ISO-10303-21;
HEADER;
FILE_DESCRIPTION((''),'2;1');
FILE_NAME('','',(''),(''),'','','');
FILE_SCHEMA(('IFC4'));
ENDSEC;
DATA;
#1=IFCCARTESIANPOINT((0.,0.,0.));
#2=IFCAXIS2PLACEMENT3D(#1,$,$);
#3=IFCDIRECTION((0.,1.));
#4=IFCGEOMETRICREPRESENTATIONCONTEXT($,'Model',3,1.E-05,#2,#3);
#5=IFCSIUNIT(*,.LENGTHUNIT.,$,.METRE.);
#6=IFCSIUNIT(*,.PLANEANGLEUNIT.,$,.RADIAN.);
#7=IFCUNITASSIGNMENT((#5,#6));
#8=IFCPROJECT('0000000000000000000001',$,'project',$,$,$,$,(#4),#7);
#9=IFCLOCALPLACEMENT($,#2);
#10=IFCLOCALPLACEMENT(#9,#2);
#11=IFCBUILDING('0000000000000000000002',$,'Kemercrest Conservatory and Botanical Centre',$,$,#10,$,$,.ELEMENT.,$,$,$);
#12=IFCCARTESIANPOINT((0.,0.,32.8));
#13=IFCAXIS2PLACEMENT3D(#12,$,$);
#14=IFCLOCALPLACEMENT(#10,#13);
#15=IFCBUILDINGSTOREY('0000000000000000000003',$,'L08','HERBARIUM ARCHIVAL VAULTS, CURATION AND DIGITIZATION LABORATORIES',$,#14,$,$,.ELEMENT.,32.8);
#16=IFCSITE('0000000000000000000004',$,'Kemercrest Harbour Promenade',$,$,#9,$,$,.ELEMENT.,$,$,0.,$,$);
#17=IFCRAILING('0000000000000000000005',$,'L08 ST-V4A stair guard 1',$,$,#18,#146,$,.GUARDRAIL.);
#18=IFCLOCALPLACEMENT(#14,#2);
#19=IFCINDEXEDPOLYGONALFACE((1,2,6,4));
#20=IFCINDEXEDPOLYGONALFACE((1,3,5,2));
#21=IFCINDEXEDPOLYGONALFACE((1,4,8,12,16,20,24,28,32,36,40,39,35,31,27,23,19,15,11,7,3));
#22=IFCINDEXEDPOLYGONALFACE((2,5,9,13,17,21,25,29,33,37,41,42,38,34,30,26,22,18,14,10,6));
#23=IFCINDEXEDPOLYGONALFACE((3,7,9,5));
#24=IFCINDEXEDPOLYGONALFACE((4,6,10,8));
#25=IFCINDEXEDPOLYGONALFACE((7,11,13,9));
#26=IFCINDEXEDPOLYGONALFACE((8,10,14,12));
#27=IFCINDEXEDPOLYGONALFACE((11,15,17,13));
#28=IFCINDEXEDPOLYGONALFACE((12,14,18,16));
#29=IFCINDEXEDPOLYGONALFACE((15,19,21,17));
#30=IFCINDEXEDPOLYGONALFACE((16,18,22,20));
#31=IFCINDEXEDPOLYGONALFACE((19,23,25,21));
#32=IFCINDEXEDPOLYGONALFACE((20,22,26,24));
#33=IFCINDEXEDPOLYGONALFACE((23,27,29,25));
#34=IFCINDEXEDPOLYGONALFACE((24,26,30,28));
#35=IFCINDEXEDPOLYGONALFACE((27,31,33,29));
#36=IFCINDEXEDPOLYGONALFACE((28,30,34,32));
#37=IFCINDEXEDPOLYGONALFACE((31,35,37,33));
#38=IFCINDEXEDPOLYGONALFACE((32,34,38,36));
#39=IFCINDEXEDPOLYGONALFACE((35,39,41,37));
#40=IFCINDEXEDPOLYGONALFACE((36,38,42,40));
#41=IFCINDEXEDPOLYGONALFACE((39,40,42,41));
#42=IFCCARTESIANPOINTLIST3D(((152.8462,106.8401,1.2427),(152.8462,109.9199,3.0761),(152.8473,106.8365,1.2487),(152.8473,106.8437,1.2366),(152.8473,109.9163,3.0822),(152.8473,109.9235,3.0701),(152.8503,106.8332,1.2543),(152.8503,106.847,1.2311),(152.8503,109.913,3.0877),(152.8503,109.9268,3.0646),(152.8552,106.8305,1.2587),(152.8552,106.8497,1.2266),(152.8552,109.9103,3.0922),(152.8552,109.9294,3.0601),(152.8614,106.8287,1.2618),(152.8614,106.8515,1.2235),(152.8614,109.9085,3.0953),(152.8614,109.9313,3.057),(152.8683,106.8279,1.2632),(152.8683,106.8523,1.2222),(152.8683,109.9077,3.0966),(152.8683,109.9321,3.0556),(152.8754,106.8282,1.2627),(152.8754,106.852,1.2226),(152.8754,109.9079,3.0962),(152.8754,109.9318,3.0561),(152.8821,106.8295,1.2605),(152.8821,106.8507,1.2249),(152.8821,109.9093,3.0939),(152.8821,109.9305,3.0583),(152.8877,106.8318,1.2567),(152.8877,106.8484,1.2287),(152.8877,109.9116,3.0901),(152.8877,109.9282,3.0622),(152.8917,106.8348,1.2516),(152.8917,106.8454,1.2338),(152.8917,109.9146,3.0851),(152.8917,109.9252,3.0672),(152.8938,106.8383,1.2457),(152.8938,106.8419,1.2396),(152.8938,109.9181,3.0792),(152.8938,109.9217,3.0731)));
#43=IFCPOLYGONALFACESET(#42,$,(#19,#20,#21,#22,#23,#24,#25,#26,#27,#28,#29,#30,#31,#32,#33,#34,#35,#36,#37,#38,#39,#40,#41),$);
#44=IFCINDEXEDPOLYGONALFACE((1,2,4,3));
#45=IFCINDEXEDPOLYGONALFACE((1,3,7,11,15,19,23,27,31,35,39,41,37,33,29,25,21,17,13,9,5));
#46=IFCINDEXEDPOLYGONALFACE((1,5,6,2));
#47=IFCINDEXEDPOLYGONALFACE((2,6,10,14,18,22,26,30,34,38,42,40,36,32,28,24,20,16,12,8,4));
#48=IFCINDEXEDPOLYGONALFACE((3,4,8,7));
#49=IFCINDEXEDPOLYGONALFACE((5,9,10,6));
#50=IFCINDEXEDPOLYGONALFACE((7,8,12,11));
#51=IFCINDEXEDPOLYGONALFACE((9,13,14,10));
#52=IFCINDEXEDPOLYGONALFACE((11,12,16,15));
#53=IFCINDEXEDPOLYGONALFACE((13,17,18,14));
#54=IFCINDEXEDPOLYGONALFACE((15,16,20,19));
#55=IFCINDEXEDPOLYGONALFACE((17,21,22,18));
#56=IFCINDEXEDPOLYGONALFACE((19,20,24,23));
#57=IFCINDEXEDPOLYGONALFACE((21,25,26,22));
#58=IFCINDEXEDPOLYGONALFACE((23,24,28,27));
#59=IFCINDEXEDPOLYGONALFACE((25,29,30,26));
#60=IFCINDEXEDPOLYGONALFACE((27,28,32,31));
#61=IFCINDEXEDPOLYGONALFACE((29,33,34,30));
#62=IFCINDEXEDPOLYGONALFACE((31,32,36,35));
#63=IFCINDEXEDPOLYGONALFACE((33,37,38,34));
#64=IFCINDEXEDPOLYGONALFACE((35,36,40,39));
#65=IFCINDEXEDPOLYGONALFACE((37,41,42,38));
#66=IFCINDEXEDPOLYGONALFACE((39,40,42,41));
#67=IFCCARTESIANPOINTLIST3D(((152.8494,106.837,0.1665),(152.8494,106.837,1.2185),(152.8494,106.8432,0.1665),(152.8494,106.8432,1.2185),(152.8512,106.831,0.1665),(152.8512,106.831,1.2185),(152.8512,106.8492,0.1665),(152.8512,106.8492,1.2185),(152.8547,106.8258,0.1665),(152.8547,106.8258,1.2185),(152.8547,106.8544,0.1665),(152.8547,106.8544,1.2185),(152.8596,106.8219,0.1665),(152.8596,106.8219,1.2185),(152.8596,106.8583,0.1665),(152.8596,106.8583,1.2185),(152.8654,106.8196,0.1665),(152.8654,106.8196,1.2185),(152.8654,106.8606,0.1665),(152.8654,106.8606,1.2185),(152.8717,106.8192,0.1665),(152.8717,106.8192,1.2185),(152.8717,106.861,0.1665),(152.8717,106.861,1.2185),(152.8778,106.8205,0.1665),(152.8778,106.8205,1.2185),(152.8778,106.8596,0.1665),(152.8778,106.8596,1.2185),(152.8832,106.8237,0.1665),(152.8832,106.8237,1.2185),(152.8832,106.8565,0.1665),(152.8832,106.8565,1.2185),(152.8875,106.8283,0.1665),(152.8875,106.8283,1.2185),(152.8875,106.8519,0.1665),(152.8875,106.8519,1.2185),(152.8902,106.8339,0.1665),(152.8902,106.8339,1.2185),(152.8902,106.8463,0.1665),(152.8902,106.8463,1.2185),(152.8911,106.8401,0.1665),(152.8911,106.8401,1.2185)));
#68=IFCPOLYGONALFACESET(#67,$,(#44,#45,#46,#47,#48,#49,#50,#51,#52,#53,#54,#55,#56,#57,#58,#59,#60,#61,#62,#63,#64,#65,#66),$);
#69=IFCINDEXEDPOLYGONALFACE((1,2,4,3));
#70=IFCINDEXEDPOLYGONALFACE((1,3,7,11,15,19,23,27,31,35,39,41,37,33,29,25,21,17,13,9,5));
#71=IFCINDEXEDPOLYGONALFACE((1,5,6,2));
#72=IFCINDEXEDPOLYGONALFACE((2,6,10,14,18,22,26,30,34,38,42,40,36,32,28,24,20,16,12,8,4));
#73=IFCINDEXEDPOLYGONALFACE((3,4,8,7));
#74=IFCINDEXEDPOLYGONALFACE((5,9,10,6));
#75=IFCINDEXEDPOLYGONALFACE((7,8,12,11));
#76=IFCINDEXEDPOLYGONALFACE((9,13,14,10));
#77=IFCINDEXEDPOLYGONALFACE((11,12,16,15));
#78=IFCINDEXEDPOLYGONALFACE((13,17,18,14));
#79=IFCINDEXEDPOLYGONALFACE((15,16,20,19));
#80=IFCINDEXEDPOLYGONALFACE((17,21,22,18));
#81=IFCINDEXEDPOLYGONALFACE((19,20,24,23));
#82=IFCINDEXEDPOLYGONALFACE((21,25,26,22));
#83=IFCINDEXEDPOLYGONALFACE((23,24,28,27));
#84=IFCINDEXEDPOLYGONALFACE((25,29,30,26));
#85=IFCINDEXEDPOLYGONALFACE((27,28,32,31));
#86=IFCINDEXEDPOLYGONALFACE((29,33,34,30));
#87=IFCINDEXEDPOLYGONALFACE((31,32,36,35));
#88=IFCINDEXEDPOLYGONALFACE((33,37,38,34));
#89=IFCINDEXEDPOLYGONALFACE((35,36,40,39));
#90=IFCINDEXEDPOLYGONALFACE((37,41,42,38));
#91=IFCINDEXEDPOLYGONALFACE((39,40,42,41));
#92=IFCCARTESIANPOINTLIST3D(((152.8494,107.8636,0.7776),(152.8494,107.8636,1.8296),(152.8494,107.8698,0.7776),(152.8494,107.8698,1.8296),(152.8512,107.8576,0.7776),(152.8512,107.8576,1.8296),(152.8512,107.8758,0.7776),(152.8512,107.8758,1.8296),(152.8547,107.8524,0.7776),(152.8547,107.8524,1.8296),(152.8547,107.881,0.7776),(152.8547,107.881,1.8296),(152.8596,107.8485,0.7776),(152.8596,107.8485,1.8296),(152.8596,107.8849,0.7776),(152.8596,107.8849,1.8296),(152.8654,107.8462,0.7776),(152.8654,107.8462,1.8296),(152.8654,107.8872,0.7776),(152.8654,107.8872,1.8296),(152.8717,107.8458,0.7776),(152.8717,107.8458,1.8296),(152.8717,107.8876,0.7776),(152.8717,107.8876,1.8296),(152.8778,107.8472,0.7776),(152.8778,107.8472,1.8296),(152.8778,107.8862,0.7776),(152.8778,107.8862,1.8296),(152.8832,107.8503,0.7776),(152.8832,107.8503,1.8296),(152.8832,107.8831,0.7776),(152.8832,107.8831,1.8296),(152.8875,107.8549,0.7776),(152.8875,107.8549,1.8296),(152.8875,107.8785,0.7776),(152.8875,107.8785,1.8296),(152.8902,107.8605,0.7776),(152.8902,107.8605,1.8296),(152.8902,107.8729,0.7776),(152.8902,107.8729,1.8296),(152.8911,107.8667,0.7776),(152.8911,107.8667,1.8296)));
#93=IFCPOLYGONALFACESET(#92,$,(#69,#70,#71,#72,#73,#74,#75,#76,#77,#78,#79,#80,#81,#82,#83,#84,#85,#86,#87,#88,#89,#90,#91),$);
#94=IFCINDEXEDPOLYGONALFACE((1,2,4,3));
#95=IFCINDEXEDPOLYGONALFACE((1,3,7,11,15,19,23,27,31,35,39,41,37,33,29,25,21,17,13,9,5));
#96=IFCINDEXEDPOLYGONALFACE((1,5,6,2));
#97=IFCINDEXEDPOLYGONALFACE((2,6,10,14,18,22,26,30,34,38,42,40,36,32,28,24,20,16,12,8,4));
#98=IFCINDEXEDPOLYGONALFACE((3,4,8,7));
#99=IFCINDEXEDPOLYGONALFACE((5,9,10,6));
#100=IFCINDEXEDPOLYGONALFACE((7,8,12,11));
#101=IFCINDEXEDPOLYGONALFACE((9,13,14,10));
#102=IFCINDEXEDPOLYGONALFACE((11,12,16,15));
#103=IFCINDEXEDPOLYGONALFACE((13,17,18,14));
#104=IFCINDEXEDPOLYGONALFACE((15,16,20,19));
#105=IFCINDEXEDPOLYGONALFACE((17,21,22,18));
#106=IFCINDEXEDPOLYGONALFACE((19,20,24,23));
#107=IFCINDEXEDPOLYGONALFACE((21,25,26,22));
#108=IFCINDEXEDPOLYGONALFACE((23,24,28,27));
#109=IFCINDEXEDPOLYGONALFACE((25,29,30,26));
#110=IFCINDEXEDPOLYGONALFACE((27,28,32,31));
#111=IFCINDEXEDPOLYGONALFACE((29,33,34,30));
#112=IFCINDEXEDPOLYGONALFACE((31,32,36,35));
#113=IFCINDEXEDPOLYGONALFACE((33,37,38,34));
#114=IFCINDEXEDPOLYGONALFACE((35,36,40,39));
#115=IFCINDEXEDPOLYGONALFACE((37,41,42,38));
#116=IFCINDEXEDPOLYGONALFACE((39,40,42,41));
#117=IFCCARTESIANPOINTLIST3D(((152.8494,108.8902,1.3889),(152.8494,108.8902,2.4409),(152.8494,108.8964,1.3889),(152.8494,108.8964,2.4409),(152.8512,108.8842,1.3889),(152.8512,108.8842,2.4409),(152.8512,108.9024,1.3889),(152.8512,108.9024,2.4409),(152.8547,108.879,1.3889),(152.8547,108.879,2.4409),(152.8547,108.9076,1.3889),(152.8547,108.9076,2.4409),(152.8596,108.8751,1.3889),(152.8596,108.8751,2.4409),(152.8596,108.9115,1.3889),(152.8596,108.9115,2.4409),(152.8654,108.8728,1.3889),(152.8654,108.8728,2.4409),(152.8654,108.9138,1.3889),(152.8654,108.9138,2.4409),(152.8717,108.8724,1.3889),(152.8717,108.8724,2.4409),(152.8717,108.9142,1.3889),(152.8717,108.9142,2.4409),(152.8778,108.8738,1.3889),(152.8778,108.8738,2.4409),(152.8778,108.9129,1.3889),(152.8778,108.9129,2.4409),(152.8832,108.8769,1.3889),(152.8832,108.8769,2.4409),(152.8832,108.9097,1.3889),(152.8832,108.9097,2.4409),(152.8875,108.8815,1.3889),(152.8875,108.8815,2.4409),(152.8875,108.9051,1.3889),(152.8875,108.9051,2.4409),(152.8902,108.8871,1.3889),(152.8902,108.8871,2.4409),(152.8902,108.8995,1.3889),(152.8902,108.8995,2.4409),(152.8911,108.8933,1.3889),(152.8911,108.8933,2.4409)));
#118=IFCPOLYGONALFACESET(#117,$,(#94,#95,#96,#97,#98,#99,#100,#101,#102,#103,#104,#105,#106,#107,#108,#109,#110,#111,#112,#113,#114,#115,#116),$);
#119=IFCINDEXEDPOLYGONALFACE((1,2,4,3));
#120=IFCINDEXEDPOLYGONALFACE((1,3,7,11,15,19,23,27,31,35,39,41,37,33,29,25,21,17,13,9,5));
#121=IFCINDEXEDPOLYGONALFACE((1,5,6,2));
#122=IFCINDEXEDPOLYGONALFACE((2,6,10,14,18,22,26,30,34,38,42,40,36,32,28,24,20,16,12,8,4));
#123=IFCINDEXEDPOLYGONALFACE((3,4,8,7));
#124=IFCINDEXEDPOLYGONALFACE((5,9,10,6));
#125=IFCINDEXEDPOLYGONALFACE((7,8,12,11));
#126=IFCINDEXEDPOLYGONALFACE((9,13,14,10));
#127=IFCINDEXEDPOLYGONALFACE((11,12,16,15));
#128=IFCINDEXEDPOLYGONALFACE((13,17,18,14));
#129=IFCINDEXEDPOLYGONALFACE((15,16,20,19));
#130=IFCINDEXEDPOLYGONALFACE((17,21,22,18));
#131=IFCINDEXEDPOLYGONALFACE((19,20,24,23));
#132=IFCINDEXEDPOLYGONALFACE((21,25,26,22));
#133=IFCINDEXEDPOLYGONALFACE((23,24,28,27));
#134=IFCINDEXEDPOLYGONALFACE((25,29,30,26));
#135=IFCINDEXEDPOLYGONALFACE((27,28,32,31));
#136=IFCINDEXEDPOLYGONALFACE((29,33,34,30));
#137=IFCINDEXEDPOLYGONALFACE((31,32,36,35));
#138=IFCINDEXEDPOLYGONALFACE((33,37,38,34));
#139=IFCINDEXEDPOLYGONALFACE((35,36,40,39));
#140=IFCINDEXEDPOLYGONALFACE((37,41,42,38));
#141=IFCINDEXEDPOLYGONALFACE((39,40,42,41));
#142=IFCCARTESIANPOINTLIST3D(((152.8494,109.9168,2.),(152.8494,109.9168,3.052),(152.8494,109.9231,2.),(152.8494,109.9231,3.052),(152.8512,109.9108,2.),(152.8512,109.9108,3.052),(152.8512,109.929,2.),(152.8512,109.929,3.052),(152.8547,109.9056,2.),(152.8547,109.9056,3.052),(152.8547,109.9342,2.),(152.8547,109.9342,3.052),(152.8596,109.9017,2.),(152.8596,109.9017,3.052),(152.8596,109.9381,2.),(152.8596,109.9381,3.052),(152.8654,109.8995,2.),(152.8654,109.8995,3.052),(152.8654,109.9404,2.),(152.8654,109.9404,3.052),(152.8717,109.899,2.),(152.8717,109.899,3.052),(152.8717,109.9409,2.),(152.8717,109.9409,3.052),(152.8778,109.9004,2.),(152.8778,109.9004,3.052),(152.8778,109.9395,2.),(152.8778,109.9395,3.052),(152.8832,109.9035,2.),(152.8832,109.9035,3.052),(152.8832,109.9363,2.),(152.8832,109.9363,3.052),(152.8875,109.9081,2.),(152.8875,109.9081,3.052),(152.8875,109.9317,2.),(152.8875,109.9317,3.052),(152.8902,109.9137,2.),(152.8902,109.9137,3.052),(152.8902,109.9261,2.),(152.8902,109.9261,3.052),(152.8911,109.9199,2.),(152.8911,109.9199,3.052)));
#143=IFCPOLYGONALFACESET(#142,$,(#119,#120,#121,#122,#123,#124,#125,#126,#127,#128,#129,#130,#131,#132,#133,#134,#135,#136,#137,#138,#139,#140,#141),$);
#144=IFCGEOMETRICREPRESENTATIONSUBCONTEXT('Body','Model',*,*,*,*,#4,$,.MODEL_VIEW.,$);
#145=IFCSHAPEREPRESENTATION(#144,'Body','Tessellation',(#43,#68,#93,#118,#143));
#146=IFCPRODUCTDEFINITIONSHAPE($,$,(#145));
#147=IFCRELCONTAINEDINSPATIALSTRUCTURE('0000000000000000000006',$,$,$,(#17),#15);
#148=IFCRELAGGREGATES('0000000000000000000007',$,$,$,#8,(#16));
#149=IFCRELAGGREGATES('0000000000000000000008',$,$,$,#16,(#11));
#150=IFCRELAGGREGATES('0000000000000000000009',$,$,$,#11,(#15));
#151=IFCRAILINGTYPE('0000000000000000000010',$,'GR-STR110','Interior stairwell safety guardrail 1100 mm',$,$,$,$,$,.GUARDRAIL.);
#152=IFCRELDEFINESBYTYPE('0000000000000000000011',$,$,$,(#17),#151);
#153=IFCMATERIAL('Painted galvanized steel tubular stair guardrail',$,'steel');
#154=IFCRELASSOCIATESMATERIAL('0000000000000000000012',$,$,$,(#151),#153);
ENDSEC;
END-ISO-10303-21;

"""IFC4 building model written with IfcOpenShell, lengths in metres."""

from ifc_helpers import new_model, si_unit, direction, frame, origin, origin_2d, place, context, subcontext, project, spatial, circle, extrude, material, type_object, element, save


model = new_model("IFC4")

# Units and contexts
model_context = context("Model", 3, precision=1e-05, world=origin(), true_north=direction((0.0, 1.0)))
body_context = subcontext(model_context, "Body", "Model", "MODEL_VIEW")
ifc_project = project(units=[si_unit("LENGTHUNIT", "METRE"), si_unit("PLANEANGLEUNIT", "RADIAN")], contexts=[model_context])

# Site, building, storey
site_placement = place(None, origin())
site = spatial("IfcSite", under=ifc_project, at=site_placement, Name="Kemercrest Harbour Promenade", CompositionType="ELEMENT", RefElevation=0.0)
building_placement = place(site_placement, origin())
building = spatial("IfcBuilding", under=site, at=building_placement, Name="Kemercrest Conservatory and Botanical Centre", CompositionType="ELEMENT")
storey_placement = place(building_placement, frame((0.0, 0.0, 32.8)))
storey = spatial("IfcBuildingStorey", under=building, at=storey_placement, Name="L08", Description="HERBARIUM ARCHIVAL VAULTS, CURATION AND DIGITIZATION LABORATORIES", CompositionType="ELEMENT", Elevation=32.8)

# Railing
ifc_material_1 = material(Name="Painted galvanized steel tubular stair guardrail", Category="steel")
railing_type_1 = type_object("IfcRailingType", Name="GR-STR110", Description="Interior stairwell safety guardrail 1100 mm", PredefinedType="GUARDRAIL", material=ifc_material_1)
railing_1_placement = place(storey_placement, frame((152.8701, 106.8401, 0.1665)))
element("IfcRailing", 1, at=railing_1_placement, inside=storey, type_object=railing_type_1, Name="L08 ST-V4A stair guard 1", PredefinedType="GUARDRAIL", context=body_context, shape_type="SweptSolid", body=[
    extrude(circle(Radius=0.0239, at=origin_2d()), frame((0.0, 0.0, 1.0762), z_axis=(0.0, 0.859261, 0.511538), x_axis=(-1.0, 0.0, 0.0)), (0.0, 0.0, 1.0), 3.5842),
    extrude(circle(Radius=0.021, at=origin_2d()), origin(), (0.0, 0.0, 1.0), 1.052),
    extrude(circle(Radius=0.021, at=origin_2d()), frame((0.0, 1.0266, 0.6111)), (0.0, 0.0, 1.0), 1.052),
    extrude(circle(Radius=0.021, at=origin_2d()), frame((0.0, 2.0532, 1.2224)), (0.0, 0.0, 1.0), 1.052),
    extrude(circle(Radius=0.021, at=origin_2d()), frame((0.0, 3.0798, 1.8335)), (0.0, 0.0, 1.0), 1.052),
])

save(model, "model.ifc")
